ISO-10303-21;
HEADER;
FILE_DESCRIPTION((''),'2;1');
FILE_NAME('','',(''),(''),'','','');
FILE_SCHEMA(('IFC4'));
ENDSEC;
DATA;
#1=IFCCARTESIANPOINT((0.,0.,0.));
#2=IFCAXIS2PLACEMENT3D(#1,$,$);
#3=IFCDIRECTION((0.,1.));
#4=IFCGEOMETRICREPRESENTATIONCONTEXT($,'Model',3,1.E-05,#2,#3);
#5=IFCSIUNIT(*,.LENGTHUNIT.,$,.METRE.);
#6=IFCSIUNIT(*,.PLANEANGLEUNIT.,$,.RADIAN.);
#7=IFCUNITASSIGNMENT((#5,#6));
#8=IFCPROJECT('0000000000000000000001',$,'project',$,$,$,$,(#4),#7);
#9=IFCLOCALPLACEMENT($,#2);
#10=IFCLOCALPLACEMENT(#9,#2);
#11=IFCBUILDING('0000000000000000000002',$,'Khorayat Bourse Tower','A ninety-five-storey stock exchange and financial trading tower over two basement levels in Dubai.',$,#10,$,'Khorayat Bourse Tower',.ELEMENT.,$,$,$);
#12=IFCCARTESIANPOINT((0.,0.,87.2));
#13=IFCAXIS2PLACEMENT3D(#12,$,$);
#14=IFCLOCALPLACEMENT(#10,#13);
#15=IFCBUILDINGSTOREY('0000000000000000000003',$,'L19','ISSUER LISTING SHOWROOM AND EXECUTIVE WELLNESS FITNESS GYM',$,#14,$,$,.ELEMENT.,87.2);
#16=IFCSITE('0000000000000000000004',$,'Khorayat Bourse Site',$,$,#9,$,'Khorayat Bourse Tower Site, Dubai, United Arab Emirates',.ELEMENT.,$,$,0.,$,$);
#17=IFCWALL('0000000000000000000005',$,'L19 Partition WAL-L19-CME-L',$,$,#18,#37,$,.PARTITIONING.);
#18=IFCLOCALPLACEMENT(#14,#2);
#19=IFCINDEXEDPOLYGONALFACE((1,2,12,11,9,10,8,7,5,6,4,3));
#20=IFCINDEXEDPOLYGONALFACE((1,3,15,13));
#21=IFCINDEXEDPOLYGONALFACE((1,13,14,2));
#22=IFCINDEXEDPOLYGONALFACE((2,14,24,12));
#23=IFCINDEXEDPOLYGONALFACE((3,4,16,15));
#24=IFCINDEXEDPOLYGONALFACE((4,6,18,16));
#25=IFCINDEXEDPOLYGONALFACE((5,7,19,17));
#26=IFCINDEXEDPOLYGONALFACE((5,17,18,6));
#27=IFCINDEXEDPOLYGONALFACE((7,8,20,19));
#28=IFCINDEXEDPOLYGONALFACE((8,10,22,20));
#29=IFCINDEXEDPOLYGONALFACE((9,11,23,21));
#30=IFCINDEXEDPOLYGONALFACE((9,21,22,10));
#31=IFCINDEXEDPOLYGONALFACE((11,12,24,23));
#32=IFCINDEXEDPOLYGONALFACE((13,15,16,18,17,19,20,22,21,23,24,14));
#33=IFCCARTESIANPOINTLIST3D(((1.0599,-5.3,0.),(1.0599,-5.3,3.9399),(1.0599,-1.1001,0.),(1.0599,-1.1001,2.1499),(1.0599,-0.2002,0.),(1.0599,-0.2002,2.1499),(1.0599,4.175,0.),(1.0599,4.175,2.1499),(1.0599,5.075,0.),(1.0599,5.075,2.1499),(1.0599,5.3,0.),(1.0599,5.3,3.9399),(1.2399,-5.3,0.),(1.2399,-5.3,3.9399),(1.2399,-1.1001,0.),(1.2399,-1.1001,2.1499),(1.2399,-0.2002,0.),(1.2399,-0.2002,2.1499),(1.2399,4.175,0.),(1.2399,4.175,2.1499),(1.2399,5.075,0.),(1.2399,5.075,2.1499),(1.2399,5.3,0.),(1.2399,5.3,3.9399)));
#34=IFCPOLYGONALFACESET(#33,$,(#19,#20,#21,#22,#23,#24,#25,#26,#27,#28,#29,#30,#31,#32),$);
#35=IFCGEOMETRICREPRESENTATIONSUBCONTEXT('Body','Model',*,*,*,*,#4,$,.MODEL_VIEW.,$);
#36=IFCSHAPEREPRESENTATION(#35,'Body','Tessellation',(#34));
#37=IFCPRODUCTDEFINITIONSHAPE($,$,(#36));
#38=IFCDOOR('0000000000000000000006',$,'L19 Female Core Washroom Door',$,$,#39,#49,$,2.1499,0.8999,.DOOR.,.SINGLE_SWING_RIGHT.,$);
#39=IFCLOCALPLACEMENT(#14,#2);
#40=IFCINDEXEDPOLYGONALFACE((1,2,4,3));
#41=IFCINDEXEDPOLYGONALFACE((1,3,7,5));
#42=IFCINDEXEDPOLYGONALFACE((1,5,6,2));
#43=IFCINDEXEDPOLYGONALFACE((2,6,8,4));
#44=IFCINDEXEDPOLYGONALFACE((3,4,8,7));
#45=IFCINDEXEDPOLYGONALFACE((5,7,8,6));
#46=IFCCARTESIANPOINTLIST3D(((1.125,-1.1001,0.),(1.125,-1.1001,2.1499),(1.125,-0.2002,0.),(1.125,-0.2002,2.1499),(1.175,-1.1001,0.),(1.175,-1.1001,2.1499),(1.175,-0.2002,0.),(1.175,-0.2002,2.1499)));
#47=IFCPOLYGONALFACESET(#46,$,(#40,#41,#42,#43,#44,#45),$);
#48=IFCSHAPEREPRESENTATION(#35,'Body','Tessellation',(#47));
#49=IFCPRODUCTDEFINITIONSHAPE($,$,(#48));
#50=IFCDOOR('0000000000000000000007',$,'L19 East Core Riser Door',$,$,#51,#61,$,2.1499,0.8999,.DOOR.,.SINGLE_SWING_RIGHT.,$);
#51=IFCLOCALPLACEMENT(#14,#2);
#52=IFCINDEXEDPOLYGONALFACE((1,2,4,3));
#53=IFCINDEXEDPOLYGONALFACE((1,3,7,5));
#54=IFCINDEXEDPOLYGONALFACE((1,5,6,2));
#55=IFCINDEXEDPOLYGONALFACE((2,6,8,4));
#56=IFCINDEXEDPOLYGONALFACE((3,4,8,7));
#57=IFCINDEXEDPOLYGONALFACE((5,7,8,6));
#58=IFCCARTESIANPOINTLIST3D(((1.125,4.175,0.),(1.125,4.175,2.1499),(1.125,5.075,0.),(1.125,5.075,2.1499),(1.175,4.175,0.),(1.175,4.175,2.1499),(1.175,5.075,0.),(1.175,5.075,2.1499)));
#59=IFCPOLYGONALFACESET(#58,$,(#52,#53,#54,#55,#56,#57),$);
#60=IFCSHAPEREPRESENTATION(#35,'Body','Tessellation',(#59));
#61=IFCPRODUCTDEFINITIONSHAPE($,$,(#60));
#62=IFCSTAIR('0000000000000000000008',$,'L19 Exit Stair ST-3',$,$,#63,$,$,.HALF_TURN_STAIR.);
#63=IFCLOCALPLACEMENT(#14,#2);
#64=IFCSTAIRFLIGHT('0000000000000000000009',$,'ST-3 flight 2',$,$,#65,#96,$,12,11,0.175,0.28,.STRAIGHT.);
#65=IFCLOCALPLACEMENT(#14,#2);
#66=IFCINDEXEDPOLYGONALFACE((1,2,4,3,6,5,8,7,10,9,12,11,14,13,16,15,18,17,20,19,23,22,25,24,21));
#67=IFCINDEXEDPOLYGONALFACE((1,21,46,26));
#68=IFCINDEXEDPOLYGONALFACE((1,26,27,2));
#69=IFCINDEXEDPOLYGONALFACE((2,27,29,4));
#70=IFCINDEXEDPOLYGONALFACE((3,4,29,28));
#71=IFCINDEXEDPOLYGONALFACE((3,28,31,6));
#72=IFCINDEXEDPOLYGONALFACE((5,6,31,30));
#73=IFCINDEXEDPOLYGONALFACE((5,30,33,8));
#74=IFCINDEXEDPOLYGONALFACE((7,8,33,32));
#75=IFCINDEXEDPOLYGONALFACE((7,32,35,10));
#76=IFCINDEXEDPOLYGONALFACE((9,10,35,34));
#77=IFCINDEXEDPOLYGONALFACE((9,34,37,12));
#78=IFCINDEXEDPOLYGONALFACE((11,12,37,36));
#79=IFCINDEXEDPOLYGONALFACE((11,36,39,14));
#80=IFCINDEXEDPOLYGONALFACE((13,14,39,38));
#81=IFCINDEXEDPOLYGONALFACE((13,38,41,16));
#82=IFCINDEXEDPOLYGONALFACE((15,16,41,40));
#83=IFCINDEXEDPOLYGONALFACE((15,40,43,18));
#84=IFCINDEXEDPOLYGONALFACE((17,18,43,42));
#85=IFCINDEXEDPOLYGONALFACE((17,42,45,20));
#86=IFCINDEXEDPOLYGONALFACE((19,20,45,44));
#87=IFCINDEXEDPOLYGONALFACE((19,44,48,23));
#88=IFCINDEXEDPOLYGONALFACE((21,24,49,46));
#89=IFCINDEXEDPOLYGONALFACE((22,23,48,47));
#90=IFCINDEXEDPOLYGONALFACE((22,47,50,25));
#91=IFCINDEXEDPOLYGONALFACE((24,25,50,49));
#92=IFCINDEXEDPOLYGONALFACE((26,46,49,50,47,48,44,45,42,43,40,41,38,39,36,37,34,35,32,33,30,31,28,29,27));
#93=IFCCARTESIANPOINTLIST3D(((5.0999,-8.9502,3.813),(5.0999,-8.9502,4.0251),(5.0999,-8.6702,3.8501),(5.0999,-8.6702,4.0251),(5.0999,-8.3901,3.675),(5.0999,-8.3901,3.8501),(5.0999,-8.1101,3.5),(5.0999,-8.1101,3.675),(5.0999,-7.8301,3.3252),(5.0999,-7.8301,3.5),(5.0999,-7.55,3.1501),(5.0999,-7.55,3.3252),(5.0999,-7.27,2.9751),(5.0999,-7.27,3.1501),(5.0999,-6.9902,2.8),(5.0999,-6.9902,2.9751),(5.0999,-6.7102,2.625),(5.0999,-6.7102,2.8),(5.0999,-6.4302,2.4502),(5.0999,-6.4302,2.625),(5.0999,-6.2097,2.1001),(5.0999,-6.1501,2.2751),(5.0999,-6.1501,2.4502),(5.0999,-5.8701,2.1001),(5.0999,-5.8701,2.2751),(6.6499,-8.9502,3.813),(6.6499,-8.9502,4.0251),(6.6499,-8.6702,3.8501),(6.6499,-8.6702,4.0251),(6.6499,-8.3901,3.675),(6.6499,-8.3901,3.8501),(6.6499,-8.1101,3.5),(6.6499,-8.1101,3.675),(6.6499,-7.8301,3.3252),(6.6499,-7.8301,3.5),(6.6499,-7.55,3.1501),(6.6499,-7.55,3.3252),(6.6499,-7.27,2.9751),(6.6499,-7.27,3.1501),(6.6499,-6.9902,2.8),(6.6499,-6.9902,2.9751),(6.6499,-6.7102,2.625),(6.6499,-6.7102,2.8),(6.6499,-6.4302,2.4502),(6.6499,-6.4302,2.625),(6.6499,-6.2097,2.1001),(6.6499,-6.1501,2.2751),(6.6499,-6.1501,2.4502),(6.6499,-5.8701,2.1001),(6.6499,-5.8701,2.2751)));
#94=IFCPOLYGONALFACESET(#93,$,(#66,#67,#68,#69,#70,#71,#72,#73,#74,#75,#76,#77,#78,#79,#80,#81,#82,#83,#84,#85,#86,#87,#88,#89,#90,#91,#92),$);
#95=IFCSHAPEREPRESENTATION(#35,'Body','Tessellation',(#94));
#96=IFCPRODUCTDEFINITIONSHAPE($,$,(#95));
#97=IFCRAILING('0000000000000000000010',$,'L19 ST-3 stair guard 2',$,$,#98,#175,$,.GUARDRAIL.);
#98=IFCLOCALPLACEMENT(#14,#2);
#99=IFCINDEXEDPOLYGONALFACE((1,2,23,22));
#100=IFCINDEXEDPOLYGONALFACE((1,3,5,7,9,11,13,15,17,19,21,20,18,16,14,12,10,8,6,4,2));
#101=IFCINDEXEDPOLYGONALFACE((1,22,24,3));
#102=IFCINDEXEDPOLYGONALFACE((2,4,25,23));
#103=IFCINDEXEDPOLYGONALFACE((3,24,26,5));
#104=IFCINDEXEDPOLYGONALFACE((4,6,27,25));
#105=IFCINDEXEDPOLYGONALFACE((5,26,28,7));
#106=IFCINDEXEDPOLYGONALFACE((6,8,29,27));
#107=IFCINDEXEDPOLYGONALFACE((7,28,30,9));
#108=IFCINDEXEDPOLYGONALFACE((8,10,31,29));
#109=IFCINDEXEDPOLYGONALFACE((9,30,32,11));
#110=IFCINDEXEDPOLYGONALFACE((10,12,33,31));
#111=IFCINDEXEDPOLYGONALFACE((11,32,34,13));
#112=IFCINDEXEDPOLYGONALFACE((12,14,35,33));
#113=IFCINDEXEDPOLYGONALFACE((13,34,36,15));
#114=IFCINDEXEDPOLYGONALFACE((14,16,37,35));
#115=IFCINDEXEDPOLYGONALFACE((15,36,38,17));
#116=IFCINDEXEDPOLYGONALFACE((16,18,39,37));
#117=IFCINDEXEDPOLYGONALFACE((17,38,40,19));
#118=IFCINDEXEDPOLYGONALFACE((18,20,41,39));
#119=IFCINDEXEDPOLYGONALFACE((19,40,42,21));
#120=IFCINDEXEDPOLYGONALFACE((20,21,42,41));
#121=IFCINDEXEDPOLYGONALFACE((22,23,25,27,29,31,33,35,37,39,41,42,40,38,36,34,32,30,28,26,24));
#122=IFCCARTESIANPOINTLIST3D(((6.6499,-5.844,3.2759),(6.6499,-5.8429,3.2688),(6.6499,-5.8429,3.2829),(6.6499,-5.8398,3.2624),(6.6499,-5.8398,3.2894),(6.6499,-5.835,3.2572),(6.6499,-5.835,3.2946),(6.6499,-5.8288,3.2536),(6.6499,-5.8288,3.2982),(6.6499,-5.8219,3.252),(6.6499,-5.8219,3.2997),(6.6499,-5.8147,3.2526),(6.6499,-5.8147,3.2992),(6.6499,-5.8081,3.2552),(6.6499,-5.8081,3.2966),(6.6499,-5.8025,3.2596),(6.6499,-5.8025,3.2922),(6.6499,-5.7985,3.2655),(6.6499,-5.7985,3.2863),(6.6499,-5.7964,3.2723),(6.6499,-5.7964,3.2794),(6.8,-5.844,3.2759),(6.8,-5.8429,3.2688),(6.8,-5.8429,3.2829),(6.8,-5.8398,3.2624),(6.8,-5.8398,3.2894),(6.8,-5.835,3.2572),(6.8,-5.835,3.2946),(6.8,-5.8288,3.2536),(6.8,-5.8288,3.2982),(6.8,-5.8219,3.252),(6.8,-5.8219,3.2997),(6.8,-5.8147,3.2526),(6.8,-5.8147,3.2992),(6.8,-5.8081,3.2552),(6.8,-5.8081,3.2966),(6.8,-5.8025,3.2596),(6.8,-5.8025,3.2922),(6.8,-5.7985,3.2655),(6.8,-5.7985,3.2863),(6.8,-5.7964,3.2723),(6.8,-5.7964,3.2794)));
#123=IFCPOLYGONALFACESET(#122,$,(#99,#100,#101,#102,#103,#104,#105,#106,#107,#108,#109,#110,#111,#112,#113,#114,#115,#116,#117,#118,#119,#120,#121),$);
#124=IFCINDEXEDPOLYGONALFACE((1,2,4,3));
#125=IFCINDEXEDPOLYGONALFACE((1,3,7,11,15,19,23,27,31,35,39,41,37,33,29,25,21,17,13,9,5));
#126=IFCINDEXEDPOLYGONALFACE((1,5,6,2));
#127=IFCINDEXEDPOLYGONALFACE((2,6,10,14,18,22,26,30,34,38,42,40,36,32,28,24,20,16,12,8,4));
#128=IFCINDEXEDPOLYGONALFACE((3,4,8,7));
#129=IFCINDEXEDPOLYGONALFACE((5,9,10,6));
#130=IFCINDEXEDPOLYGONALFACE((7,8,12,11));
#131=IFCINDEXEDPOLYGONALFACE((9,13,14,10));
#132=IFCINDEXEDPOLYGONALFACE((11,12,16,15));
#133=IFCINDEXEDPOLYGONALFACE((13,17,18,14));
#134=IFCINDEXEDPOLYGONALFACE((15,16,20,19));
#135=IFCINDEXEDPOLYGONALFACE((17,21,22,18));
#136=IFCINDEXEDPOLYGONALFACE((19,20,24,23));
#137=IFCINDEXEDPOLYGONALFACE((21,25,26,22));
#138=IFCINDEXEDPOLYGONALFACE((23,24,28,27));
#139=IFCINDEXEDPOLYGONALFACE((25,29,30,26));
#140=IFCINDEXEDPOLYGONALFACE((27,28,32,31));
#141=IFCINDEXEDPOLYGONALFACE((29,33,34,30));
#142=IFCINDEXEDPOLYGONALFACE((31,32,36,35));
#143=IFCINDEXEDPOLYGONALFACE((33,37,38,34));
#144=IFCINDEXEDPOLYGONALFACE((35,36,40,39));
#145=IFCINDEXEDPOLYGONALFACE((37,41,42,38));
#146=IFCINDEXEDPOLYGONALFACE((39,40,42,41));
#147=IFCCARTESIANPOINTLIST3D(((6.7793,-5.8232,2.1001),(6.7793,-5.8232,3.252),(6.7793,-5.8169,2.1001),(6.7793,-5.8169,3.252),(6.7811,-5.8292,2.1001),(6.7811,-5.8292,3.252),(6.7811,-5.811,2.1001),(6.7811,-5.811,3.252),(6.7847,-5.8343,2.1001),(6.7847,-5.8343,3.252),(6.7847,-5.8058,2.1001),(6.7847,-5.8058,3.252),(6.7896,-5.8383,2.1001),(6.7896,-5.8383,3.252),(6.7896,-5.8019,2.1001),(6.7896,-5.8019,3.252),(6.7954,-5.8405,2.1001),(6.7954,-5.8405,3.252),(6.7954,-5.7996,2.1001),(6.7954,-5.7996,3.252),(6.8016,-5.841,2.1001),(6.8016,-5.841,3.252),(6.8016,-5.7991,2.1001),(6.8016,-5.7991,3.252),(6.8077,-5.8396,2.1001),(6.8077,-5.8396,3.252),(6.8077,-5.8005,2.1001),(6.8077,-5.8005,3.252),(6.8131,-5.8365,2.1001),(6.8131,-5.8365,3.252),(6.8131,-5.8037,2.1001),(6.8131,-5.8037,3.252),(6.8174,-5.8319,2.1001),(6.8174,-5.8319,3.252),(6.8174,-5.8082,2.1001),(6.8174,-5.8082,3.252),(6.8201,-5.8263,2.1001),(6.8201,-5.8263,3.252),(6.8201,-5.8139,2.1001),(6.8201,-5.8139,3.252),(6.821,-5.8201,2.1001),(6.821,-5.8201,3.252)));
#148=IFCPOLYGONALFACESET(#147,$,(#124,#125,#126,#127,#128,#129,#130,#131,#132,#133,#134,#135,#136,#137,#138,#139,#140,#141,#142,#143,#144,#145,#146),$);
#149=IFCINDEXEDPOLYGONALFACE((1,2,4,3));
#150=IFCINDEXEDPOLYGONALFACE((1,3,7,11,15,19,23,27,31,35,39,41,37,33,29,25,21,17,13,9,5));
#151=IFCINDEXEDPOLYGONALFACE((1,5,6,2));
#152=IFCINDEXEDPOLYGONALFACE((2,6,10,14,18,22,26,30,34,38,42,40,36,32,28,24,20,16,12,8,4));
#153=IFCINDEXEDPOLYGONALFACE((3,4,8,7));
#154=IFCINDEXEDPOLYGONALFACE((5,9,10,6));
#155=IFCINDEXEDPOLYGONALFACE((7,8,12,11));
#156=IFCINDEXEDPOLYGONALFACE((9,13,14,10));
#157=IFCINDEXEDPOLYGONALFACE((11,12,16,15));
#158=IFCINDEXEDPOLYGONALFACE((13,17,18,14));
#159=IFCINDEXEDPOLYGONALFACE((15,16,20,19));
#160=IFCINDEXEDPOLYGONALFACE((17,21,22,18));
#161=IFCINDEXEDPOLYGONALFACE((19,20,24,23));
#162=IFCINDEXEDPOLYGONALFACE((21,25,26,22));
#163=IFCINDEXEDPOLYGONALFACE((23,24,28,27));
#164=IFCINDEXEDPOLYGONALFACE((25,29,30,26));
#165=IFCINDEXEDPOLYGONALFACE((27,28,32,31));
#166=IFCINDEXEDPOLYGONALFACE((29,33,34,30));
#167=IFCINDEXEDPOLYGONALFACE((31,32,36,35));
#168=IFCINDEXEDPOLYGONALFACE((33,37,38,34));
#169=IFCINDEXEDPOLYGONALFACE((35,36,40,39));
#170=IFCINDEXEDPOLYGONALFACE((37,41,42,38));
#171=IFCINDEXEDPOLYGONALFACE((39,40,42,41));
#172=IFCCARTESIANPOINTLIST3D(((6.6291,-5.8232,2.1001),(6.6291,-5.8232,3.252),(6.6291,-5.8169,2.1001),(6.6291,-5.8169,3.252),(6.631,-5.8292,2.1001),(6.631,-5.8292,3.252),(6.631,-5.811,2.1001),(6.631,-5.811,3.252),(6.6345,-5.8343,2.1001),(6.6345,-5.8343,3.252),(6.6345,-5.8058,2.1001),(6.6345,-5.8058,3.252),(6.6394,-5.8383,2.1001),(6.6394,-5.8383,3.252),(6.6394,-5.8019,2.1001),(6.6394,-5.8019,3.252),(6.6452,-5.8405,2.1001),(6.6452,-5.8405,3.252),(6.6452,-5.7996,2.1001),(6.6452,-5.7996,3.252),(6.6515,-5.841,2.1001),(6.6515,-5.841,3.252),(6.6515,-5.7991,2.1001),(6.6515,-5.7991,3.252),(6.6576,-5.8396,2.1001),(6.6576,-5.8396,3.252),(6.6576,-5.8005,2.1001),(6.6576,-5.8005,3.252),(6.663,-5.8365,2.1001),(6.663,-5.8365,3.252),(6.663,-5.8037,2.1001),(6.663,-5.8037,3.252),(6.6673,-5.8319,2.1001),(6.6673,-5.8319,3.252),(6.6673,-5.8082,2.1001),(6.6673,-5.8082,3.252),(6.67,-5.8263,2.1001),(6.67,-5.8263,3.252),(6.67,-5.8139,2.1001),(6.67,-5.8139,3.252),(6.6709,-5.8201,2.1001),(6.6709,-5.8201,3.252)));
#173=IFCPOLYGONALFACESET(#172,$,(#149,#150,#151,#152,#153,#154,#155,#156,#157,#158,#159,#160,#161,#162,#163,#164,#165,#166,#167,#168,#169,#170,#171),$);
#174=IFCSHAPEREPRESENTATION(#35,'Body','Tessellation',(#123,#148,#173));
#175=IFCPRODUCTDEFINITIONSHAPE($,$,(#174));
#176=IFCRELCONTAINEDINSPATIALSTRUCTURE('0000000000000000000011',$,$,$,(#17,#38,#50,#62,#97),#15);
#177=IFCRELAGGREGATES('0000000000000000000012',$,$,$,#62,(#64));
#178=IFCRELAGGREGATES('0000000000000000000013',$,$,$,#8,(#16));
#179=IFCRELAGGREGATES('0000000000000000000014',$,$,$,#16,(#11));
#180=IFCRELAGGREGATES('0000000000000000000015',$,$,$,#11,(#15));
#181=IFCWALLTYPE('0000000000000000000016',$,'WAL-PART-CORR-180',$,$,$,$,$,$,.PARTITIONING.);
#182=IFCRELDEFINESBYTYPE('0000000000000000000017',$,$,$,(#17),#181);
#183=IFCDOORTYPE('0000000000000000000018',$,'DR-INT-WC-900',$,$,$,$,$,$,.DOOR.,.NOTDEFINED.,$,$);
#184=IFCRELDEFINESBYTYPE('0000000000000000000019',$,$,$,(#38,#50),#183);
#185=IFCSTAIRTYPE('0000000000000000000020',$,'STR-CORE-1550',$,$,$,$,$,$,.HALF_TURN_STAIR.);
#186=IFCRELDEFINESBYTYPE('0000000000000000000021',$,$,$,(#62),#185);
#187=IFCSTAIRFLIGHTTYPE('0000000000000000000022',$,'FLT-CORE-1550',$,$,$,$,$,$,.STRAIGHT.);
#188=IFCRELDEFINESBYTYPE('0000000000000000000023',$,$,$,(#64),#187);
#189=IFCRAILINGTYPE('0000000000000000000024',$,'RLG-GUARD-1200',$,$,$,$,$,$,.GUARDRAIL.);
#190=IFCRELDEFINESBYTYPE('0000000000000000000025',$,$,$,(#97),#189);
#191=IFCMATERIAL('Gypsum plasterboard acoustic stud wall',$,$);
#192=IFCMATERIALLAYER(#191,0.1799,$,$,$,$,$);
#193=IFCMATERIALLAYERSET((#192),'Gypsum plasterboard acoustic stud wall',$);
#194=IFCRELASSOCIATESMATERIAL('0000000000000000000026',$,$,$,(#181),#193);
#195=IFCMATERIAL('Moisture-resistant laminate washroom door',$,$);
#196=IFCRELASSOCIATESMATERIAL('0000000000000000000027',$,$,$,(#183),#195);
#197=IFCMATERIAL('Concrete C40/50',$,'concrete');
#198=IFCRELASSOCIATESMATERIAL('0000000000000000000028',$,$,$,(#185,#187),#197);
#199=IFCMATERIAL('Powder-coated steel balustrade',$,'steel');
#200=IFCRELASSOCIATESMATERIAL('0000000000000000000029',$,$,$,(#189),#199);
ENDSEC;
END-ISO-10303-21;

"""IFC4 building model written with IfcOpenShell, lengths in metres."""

from ifc_helpers import new_model, si_unit, direction, frame, frame_2d, origin, origin_2d, place, context, subcontext, project, spatial, polyline, rectangle, circle, outline, extrude, source, transform, mapped, material, layer, layer_set, type_object, element, fill, aggregate, save


model = new_model("IFC4")

# Units and contexts
model_context = context("Model", 3, precision=1e-05, world=origin(), true_north=direction((0.0, 1.0)))
body_context = subcontext(model_context, "Body", "Model", "MODEL_VIEW")
ifc_project = project(units=[si_unit("LENGTHUNIT", "METRE"), si_unit("PLANEANGLEUNIT", "RADIAN")], contexts=[model_context])

# Site, building, storey
site_placement = place(None, origin())
site = spatial("IfcSite", under=ifc_project, at=site_placement, Name="Khorayat Bourse Site", LongName="Khorayat Bourse Tower Site, Dubai, United Arab Emirates", CompositionType="ELEMENT", RefElevation=0.0)
building_placement = place(site_placement, origin())
building = spatial("IfcBuilding", under=site, at=building_placement, Name="Khorayat Bourse Tower", Description="A ninety-five-storey stock exchange and financial trading tower over two basement levels in Dubai.", LongName="Khorayat Bourse Tower", CompositionType="ELEMENT")
storey_placement = place(building_placement, frame((0.0, 0.0, 87.2)))
storey = spatial("IfcBuildingStorey", under=building, at=storey_placement, Name="L19", Description="ISSUER LISTING SHOWROOM AND EXECUTIVE WELLNESS FITNESS GYM", CompositionType="ELEMENT", Elevation=87.2)

# Wall, openings, doors
ifc_material_1 = material(Name="Gypsum plasterboard acoustic stud wall")
ifc_layer_1 = layer(ifc_material_1, 0.1799)
ifc_layer_set_1 = layer_set([ifc_layer_1], Name="Gypsum plasterboard acoustic stud wall")
wall_type_1 = type_object("IfcWallType", Name="WAL-PART-CORR-180", PredefinedType="PARTITIONING", material=ifc_layer_set_1)
shared_shape_1 = source(origin(), body_context, "Body", "SweptSolid", [
    extrude(rectangle(XDim=10.6001, YDim=0.1799, at=frame_2d((5.3, 0.0))), origin(), (0.0, 0.0, 1.0), 3.9399),
])
shared_shape_2 = source(origin(), body_context, "Body", "SweptSolid", [
    extrude(rectangle(XDim=0.8999, YDim=2.1499, at=frame_2d((0.45, 1.075))), frame((0.0, 0.0999, 0.0), z_axis=(0.0, -1.0, 0.0), x_axis=(1.0, 0.0, 0.0)), (0.0, 0.0, 1.0), 0.2),
])
ifc_material_2 = material(Name="Moisture-resistant laminate washroom door")
door_type_1 = type_object("IfcDoorType", Name="DR-INT-WC-900", OperationType="NOTDEFINED", PredefinedType="DOOR", material=ifc_material_2)
shared_shape_3 = source(origin(), body_context, "Body", "SweptSolid", [
    extrude(rectangle(XDim=0.8999, YDim=2.1499, at=frame_2d((0.45, 1.075))), frame((0.0, 0.0249, 0.0), z_axis=(0.0, -1.0, 0.0), x_axis=(1.0, 0.0, 0.0)), (0.0, 0.0, 1.0), 0.05),
])
wall_1_placement = place(storey_placement, frame((1.1499, -5.3, 0.0), z_axis=(0.0, 0.0, 1.0), x_axis=(0.0, 1.0, 0.0)))
wall_1 = element("IfcWall", 1, at=wall_1_placement, inside=storey, type_object=wall_type_1, Name="L19 Partition WAL-L19-CME-L", PredefinedType="PARTITIONING", context=body_context, shape_type="MappedRepresentation", body=[
    mapped(shared_shape_1, transform((0.0, 0.0, 0.0), scale=1.0)),
])
opening_1_placement = place(wall_1_placement, frame((4.2, 0.0, 0.0)))
opening_1 = element("IfcOpeningElement", 2, at=opening_1_placement, cuts=wall_1, PredefinedType="OPENING", context=body_context, shape_type="MappedRepresentation", body=[
    mapped(shared_shape_2, transform((0.0, 0.0, 0.0), scale=1.0)),
])
opening_2_placement = place(wall_1_placement, frame((9.4751, 0.0, 0.0)))
opening_2 = element("IfcOpeningElement", 3, at=opening_2_placement, cuts=wall_1, PredefinedType="OPENING", context=body_context, shape_type="MappedRepresentation", body=[
    mapped(shared_shape_2, transform((0.0, 0.0, 0.0), scale=1.0)),
])
door_1_placement = place(opening_1_placement, origin())
door_1 = element("IfcDoor", 4, at=door_1_placement, inside=storey, type_object=door_type_1, Name="L19 Female Core Washroom Door", OperationType="SINGLE_SWING_RIGHT", OverallHeight=2.1499, OverallWidth=0.8999, PredefinedType="DOOR", context=body_context, shape_type="MappedRepresentation", body=[
    mapped(shared_shape_3, transform((0.0, 0.0, 0.0), scale=1.0)),
])
fill(opening_1, door_1)
door_2_placement = place(opening_2_placement, origin())
door_2 = element("IfcDoor", 5, at=door_2_placement, inside=storey, type_object=door_type_1, Name="L19 East Core Riser Door", OperationType="SINGLE_SWING_RIGHT", OverallHeight=2.1499, OverallWidth=0.8999, PredefinedType="DOOR", context=body_context, shape_type="MappedRepresentation", body=[
    mapped(shared_shape_3, transform((0.0, 0.0, 0.0), scale=1.0)),
])
fill(opening_2, door_2)

# Stair, stair flight
ifc_material_3 = material(Name="Concrete C40/50", Category="concrete")
stair_type = type_object("IfcStairType", Name="STR-CORE-1550", PredefinedType="HALF_TURN_STAIR", material=ifc_material_3)
stair_placement = place(storey_placement, origin())
stair = element("IfcStair", 6, at=stair_placement, inside=storey, type_object=stair_type, Name="L19 Exit Stair ST-3", PredefinedType="HALF_TURN_STAIR")
stair_flight_type = type_object("IfcStairFlightType", Name="FLT-CORE-1550", PredefinedType="STRAIGHT", material=ifc_material_3)
shared_shape_4 = source(origin(), body_context, "Body", "SweptSolid", [
    extrude(outline(polyline([(0.0, 0.0), (0.0, 0.175), (0.28, 0.175), (0.28, 0.3501), (0.5601, 0.3501), (0.5601, 0.5249), (0.8401, 0.5249), (0.8401, 0.7), (1.1201, 0.7), (1.1201, 0.875), (1.3999, 0.875), (1.3999, 1.05), (1.6799, 1.05), (1.6799, 1.2251), (1.96, 1.2251), (1.96, 1.3999), (2.24, 1.3999), (2.24, 1.575), (2.52, 1.575), (2.52, 1.75), (2.8, 1.75), (2.8, 1.925), (3.0801, 1.925), (3.0801, 2.1001), (3.0801, 1.7129), (0.3396, 0.0), (0.0, 0.0)])), frame((0.0, 0.7749, 0.0), z_axis=(0.0, -1.0, 0.0), x_axis=(1.0, 0.0, 0.0)), (0.0, 0.0, 1.0), 1.55),
])
stair_flight_placement = place(storey_placement, frame((5.875, -5.8701, 2.1001), z_axis=(0.0, 0.0, 1.0), x_axis=(0.0, -1.0, 0.0)))
stair_flight = element("IfcStairFlight", 7, at=stair_flight_placement, type_object=stair_flight_type, Name="ST-3 flight 2", NumberOfRisers=12, NumberOfTreads=11, PredefinedType="STRAIGHT", RiserHeight=0.175, TreadLength=0.28, context=body_context, shape_type="MappedRepresentation", body=[
    mapped(shared_shape_4, transform((0.0, 0.0, 0.0), scale=1.0)),
])
aggregate(stair, [stair_flight])

# Railing
ifc_material_4 = material(Name="Powder-coated steel balustrade", Category="steel")
railing_type_1 = type_object("IfcRailingType", Name="RLG-GUARD-1200", PredefinedType="GUARDRAIL", material=ifc_material_4)
shared_shape_5 = source(origin(), body_context, "Body", "SweptSolid", [
    extrude(circle(Radius=0.0239, at=origin_2d()), frame((0.0, 0.0, 1.1758), z_axis=(-1.0, 0.0, 0.0), x_axis=(0.0, -1.0, 0.0)), (0.0, 0.0, 1.0), 0.1501),
    extrude(circle(Radius=0.021, at=origin_2d()), origin(), (0.0, 0.0, 1.0), 1.1519),
    extrude(circle(Radius=0.021, at=origin_2d()), frame((-0.1501, 0.0, 0.0)), (0.0, 0.0, 1.0), 1.1519),
])
for number, where, name in (
    (8, (6.8, -5.8201, 2.1001), "L19 ST-3 stair guard 2"),
):
    element("IfcRailing", number, at=place(storey_placement, frame(where)), inside=storey, type_object=railing_type_1, Name=name, PredefinedType="GUARDRAIL", context=body_context, shape_type="MappedRepresentation", body=[
        mapped(shared_shape_5, transform((0.0, 0.0, 0.0), scale=1.0)),
    ])

save(model, "model.ifc")
